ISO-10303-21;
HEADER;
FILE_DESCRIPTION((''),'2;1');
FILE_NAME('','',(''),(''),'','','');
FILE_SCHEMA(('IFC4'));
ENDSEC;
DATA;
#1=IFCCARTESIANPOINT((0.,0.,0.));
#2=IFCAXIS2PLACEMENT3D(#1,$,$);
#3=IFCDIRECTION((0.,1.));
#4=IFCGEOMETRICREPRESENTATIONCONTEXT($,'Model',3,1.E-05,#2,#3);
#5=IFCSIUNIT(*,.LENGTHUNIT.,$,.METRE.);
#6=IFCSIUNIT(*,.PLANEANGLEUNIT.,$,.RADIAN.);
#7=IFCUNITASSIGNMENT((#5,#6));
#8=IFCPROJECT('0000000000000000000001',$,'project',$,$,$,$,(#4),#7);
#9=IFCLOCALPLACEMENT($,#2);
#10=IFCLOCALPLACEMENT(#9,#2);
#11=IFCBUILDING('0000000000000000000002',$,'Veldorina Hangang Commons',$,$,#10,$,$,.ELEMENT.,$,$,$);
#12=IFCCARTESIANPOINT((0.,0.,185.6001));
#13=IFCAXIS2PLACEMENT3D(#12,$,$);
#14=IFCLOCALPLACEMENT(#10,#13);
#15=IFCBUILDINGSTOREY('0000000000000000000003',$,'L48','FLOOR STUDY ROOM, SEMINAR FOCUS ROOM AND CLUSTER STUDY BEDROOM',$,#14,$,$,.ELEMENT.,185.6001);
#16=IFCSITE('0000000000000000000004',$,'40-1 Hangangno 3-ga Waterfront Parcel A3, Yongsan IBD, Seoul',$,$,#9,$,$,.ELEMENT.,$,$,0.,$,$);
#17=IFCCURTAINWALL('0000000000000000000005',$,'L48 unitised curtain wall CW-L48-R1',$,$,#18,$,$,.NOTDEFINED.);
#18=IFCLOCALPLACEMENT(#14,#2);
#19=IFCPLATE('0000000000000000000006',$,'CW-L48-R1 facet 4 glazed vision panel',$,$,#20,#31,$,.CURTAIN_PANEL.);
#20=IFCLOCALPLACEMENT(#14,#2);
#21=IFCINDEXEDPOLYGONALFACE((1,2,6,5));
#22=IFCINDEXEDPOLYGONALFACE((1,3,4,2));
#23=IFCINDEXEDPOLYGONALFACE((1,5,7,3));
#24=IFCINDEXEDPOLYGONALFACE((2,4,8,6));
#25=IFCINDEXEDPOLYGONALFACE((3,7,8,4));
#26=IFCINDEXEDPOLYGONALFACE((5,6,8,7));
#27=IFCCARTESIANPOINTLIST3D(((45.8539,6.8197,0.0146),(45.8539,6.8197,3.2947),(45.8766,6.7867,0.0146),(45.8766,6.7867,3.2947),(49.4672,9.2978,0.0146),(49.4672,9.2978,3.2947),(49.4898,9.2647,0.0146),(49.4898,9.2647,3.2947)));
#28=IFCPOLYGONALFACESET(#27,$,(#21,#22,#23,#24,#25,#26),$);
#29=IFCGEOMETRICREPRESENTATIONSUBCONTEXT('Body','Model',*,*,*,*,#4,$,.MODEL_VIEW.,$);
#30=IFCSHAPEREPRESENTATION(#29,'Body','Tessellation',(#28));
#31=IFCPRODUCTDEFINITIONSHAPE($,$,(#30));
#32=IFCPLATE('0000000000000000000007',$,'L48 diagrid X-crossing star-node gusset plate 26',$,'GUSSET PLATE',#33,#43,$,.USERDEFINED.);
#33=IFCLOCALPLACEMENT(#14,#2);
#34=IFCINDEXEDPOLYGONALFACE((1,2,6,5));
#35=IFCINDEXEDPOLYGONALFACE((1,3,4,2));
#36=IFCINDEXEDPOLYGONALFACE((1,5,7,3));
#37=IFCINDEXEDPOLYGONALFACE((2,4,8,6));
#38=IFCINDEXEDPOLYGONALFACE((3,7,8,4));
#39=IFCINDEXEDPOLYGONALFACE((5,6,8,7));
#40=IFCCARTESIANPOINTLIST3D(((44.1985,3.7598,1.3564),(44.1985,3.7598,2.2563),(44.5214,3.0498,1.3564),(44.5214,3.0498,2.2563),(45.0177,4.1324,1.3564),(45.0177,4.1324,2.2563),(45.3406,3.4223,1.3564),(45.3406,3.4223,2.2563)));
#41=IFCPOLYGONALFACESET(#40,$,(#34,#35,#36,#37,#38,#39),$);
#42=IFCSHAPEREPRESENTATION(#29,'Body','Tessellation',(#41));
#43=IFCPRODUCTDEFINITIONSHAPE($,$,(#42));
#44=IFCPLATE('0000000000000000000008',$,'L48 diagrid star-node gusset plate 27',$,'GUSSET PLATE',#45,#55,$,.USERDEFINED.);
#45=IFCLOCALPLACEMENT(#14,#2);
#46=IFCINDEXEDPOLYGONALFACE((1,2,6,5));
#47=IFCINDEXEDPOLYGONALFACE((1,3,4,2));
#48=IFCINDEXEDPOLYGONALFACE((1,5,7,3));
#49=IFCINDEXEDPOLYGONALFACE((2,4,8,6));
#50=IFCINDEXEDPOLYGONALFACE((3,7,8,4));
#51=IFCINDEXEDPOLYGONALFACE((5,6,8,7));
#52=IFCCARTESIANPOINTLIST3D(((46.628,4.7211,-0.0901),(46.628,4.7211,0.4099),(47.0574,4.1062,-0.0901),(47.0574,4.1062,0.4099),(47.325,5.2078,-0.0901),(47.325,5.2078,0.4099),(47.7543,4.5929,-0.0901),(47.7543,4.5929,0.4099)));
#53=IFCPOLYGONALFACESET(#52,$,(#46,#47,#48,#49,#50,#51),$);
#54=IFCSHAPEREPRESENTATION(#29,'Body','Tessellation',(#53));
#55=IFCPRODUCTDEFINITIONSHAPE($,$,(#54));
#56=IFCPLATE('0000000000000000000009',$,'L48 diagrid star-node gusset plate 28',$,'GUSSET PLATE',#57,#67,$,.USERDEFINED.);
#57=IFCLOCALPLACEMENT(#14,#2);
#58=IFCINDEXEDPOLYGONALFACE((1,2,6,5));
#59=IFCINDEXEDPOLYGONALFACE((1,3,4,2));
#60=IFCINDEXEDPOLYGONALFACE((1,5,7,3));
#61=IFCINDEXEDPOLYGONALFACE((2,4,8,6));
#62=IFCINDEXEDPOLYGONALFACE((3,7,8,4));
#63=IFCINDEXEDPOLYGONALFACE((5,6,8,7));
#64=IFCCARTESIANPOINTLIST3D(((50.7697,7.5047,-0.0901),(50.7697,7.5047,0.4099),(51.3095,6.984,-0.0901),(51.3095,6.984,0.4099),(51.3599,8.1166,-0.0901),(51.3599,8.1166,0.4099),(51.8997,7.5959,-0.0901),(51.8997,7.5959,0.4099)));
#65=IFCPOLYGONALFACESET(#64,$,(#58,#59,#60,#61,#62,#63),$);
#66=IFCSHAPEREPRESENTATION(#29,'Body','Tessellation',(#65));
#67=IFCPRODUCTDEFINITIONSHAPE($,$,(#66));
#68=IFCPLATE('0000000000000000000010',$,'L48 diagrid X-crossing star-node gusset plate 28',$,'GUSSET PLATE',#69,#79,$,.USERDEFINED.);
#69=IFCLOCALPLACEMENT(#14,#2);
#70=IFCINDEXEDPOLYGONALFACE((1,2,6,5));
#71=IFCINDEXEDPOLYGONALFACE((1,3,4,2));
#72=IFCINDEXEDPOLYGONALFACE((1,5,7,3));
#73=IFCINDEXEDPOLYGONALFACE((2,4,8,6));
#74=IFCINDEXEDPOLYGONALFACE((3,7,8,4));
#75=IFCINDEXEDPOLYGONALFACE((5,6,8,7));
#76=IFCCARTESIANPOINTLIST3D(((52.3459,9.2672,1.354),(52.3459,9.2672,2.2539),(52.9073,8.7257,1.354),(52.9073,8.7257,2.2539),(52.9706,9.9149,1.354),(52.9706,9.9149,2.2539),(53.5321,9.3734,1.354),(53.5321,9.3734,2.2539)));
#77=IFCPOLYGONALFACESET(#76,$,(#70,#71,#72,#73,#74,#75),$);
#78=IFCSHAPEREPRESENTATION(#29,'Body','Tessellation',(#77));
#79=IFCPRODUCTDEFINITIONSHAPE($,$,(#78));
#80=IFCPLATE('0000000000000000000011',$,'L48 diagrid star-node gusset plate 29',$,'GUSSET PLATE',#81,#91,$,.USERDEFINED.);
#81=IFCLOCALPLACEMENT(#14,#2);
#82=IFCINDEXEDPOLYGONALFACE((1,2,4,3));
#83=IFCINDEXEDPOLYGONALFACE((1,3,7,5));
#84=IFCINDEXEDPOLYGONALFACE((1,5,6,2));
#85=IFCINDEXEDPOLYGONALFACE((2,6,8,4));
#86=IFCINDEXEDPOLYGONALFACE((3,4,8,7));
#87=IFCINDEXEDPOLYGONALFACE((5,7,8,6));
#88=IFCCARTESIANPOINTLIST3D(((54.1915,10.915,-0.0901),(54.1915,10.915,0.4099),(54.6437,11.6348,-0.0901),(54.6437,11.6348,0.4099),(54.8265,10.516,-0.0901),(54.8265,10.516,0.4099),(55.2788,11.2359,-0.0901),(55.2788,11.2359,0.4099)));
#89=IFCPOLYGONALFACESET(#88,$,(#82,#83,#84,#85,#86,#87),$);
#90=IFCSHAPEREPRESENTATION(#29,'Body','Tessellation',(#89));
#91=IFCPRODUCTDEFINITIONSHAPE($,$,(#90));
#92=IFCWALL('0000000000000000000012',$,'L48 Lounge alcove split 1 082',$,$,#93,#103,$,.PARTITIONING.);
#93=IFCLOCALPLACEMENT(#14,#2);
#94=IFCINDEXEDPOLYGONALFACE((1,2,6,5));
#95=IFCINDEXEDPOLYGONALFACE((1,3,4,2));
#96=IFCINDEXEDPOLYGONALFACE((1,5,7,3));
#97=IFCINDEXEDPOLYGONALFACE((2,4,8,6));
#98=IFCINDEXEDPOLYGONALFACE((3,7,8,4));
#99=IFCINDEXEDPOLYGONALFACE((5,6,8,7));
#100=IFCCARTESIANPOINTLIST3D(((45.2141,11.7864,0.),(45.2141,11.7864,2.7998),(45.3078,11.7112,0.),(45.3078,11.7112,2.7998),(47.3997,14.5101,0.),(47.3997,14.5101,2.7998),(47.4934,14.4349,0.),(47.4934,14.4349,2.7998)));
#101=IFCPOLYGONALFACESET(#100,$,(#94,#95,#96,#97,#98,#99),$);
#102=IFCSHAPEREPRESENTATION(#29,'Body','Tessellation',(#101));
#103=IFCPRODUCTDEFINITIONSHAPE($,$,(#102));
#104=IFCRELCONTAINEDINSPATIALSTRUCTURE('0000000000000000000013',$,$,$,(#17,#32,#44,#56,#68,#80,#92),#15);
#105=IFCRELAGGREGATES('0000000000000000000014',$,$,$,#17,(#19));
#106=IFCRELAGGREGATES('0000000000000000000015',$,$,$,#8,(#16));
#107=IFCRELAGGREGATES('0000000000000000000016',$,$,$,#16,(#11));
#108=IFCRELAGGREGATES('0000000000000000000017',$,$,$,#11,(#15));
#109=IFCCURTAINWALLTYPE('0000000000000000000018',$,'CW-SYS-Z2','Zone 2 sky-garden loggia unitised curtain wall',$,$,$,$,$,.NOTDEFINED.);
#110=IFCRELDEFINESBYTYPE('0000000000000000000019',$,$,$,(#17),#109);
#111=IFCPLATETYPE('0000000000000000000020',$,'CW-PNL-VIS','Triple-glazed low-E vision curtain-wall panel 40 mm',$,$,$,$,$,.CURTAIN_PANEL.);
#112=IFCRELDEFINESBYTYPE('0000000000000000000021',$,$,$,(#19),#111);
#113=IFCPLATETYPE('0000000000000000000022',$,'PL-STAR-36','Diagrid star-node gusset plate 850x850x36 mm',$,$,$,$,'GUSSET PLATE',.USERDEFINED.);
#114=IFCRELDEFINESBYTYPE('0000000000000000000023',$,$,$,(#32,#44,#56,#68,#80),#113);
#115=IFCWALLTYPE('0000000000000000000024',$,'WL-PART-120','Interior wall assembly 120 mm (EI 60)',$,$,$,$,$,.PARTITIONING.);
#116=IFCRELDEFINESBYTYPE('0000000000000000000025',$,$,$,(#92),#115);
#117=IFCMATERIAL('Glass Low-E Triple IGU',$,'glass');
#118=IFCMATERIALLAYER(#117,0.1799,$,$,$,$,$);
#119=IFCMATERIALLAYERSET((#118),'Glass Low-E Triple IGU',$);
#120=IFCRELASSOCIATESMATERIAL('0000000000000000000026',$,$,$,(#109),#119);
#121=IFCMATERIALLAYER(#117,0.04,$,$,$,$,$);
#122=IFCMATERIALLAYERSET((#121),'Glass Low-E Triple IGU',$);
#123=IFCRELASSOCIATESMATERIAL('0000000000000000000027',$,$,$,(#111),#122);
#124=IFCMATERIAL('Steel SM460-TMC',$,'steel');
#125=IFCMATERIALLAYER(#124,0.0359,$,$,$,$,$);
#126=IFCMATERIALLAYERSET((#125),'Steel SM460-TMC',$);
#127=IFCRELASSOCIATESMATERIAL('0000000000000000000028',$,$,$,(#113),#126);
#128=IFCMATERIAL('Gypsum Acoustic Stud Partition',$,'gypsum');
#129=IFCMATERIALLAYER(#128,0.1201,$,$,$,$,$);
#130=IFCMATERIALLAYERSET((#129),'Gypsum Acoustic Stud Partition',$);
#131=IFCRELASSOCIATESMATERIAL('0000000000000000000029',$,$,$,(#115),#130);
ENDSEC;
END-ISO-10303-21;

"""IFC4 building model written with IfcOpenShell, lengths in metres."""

from ifc_helpers import new_model, si_unit, direction, frame, frame_2d, origin, origin_2d, place, context, subcontext, project, spatial, rectangle, extrude, material, layer, layer_set, type_object, element, aggregate, save


model = new_model("IFC4")

# Units and contexts
model_context = context("Model", 3, precision=1e-05, world=origin(), true_north=direction((0.0, 1.0)))
body_context = subcontext(model_context, "Body", "Model", "MODEL_VIEW")
ifc_project = project(units=[si_unit("LENGTHUNIT", "METRE"), si_unit("PLANEANGLEUNIT", "RADIAN")], contexts=[model_context])

# Site, building, storey
site_placement = place(None, origin())
site = spatial("IfcSite", under=ifc_project, at=site_placement, Name="40-1 Hangangno 3-ga Waterfront Parcel A3, Yongsan IBD, Seoul", CompositionType="ELEMENT", RefElevation=0.0)
building_placement = place(site_placement, origin())
building = spatial("IfcBuilding", under=site, at=building_placement, Name="Veldorina Hangang Commons", CompositionType="ELEMENT")
storey_placement = place(building_placement, frame((0.0, 0.0, 185.6001)))
storey = spatial("IfcBuildingStorey", under=building, at=storey_placement, Name="L48", Description="FLOOR STUDY ROOM, SEMINAR FOCUS ROOM AND CLUSTER STUDY BEDROOM", CompositionType="ELEMENT", Elevation=185.6001)

# Curtain wall
ifc_material_1 = material(Name="Glass Low-E Triple IGU", Category="glass")
ifc_layer_1 = layer(ifc_material_1, 0.1799)
ifc_layer_set_1 = layer_set([ifc_layer_1], Name="Glass Low-E Triple IGU")
curtain_wall_type = type_object("IfcCurtainWallType", Name="CW-SYS-Z2", Description="Zone 2 sky-garden loggia unitised curtain wall", PredefinedType="NOTDEFINED", material=ifc_layer_set_1)
curtain_wall_1_placement = place(storey_placement, origin())
curtain_wall_1 = element("IfcCurtainWall", 1, at=curtain_wall_1_placement, inside=storey, type_object=curtain_wall_type, Name="L48 unitised curtain wall CW-L48-R1", PredefinedType="NOTDEFINED")

# Plate
ifc_layer_2 = layer(ifc_material_1, 0.04)
ifc_layer_set_2 = layer_set([ifc_layer_2], Name="Glass Low-E Triple IGU")
plate_type_1 = type_object("IfcPlateType", Name="CW-PNL-VIS", Description="Triple-glazed low-E vision curtain-wall panel 40 mm", PredefinedType="CURTAIN_PANEL", material=ifc_layer_set_2)
plate_1_placement = place(storey_placement, frame((47.6719, 8.0422, 0.0146), z_axis=(0.0, 0.0, 1.0), x_axis=(0.824689, 0.565586, 0.0)))
plate_1 = element("IfcPlate", 2, at=plate_1_placement, type_object=plate_type_1, Name="CW-L48-R1 facet 4 glazed vision panel", PredefinedType="CURTAIN_PANEL", context=body_context, shape_type="SweptSolid", body=[
    extrude(rectangle(XDim=4.3813, YDim=0.04, at=origin_2d()), origin(), (0.0, 0.0, 1.0), 3.28),
])
aggregate(curtain_wall_1, [plate_1])

# Plates
ifc_material_2 = material(Name="Steel SM460-TMC", Category="steel")
ifc_layer_3 = layer(ifc_material_2, 0.0359)
ifc_layer_set_3 = layer_set([ifc_layer_3], Name="Steel SM460-TMC")
plate_type_2 = type_object("IfcPlateType", Name="PL-STAR-36", Description="Diagrid star-node gusset plate 850x850x36 mm", ElementType="GUSSET PLATE", PredefinedType="USERDEFINED", material=ifc_layer_set_3)
plate_2_placement = place(storey_placement, frame((44.7695, 3.5911, 1.3564), z_axis=(0.0, 0.0, 1.0), x_axis=(0.910294, 0.413963, 0.0)))
element("IfcPlate", 3, at=plate_2_placement, inside=storey, type_object=plate_type_2, Name="L48 diagrid X-crossing star-node gusset plate 26", ObjectType="GUSSET PLATE", PredefinedType="USERDEFINED", context=body_context, shape_type="SweptSolid", body=[
    extrude(rectangle(XDim=0.8999, YDim=0.78, at=origin_2d()), origin(), (0.0, 0.0, 1.0), 0.8999),
])
for number, where, z_axis, x_axis, name in (
    (4, (47.1912, 4.657, -0.0901), (0.0, 0.0, 1.0), (0.819902, 0.572504, 0.0), "L48 diagrid star-node gusset plate 27"),
    (5, (51.3347, 7.5503, -0.0901), (0.0, 0.0, 1.0), (0.694257, 0.719728, 0.0), "L48 diagrid star-node gusset plate 28"),
):
    element("IfcPlate", number, at=place(storey_placement, frame(where, z_axis=z_axis, x_axis=x_axis)), inside=storey, type_object=plate_type_2, Name=name, ObjectType="GUSSET PLATE", PredefinedType="USERDEFINED", context=body_context, shape_type="SweptSolid", body=[
        extrude(rectangle(XDim=0.8501, YDim=0.75, at=origin_2d()), origin(), (0.0, 0.0, 1.0), 0.5),
    ])
plate_3_placement = place(storey_placement, frame((52.939, 9.3203, 1.354), z_axis=(0.0, 0.0, 1.0), x_axis=(0.694257, 0.719728, 0.0)))
element("IfcPlate", 6, at=plate_3_placement, inside=storey, type_object=plate_type_2, Name="L48 diagrid X-crossing star-node gusset plate 28", ObjectType="GUSSET PLATE", PredefinedType="USERDEFINED", context=body_context, shape_type="SweptSolid", body=[
    extrude(rectangle(XDim=0.8999, YDim=0.78, at=origin_2d()), origin(), (0.0, 0.0, 1.0), 0.8999),
])
plate_4_placement = place(storey_placement, frame((54.7351, 11.0754, -0.0901), z_axis=(0.0, 0.0, 1.0), x_axis=(0.531975, 0.84676, 0.0)))
element("IfcPlate", 7, at=plate_4_placement, inside=storey, type_object=plate_type_2, Name="L48 diagrid star-node gusset plate 29", ObjectType="GUSSET PLATE", PredefinedType="USERDEFINED", context=body_context, shape_type="SweptSolid", body=[
    extrude(rectangle(XDim=0.8501, YDim=0.75, at=origin_2d()), origin(), (0.0, 0.0, 1.0), 0.5),
])

# Wall
ifc_material_3 = material(Name="Gypsum Acoustic Stud Partition", Category="gypsum")
ifc_layer_4 = layer(ifc_material_3, 0.1201)
ifc_layer_set_4 = layer_set([ifc_layer_4], Name="Gypsum Acoustic Stud Partition")
wall_type_1 = type_object("IfcWallType", Name="WL-PART-120", Description="Interior wall assembly 120 mm (EI 60)", PredefinedType="PARTITIONING", material=ifc_layer_set_4)
wall_1_placement = place(storey_placement, frame((45.261, 11.7488, 0.0), z_axis=(0.0, 0.0, 1.0), x_axis=(0.625854, 0.77994, 0.0)))
element("IfcWall", 8, at=wall_1_placement, inside=storey, type_object=wall_type_1, Name="L48 Lounge alcove split 1 082", PredefinedType="PARTITIONING", context=body_context, shape_type="SweptSolid", body=[
    extrude(rectangle(XDim=3.4922, YDim=0.1201, at=frame_2d((1.7461, 0.0))), origin(), (0.0, 0.0, 1.0), 2.7998),
])

save(model, "model.ifc")
